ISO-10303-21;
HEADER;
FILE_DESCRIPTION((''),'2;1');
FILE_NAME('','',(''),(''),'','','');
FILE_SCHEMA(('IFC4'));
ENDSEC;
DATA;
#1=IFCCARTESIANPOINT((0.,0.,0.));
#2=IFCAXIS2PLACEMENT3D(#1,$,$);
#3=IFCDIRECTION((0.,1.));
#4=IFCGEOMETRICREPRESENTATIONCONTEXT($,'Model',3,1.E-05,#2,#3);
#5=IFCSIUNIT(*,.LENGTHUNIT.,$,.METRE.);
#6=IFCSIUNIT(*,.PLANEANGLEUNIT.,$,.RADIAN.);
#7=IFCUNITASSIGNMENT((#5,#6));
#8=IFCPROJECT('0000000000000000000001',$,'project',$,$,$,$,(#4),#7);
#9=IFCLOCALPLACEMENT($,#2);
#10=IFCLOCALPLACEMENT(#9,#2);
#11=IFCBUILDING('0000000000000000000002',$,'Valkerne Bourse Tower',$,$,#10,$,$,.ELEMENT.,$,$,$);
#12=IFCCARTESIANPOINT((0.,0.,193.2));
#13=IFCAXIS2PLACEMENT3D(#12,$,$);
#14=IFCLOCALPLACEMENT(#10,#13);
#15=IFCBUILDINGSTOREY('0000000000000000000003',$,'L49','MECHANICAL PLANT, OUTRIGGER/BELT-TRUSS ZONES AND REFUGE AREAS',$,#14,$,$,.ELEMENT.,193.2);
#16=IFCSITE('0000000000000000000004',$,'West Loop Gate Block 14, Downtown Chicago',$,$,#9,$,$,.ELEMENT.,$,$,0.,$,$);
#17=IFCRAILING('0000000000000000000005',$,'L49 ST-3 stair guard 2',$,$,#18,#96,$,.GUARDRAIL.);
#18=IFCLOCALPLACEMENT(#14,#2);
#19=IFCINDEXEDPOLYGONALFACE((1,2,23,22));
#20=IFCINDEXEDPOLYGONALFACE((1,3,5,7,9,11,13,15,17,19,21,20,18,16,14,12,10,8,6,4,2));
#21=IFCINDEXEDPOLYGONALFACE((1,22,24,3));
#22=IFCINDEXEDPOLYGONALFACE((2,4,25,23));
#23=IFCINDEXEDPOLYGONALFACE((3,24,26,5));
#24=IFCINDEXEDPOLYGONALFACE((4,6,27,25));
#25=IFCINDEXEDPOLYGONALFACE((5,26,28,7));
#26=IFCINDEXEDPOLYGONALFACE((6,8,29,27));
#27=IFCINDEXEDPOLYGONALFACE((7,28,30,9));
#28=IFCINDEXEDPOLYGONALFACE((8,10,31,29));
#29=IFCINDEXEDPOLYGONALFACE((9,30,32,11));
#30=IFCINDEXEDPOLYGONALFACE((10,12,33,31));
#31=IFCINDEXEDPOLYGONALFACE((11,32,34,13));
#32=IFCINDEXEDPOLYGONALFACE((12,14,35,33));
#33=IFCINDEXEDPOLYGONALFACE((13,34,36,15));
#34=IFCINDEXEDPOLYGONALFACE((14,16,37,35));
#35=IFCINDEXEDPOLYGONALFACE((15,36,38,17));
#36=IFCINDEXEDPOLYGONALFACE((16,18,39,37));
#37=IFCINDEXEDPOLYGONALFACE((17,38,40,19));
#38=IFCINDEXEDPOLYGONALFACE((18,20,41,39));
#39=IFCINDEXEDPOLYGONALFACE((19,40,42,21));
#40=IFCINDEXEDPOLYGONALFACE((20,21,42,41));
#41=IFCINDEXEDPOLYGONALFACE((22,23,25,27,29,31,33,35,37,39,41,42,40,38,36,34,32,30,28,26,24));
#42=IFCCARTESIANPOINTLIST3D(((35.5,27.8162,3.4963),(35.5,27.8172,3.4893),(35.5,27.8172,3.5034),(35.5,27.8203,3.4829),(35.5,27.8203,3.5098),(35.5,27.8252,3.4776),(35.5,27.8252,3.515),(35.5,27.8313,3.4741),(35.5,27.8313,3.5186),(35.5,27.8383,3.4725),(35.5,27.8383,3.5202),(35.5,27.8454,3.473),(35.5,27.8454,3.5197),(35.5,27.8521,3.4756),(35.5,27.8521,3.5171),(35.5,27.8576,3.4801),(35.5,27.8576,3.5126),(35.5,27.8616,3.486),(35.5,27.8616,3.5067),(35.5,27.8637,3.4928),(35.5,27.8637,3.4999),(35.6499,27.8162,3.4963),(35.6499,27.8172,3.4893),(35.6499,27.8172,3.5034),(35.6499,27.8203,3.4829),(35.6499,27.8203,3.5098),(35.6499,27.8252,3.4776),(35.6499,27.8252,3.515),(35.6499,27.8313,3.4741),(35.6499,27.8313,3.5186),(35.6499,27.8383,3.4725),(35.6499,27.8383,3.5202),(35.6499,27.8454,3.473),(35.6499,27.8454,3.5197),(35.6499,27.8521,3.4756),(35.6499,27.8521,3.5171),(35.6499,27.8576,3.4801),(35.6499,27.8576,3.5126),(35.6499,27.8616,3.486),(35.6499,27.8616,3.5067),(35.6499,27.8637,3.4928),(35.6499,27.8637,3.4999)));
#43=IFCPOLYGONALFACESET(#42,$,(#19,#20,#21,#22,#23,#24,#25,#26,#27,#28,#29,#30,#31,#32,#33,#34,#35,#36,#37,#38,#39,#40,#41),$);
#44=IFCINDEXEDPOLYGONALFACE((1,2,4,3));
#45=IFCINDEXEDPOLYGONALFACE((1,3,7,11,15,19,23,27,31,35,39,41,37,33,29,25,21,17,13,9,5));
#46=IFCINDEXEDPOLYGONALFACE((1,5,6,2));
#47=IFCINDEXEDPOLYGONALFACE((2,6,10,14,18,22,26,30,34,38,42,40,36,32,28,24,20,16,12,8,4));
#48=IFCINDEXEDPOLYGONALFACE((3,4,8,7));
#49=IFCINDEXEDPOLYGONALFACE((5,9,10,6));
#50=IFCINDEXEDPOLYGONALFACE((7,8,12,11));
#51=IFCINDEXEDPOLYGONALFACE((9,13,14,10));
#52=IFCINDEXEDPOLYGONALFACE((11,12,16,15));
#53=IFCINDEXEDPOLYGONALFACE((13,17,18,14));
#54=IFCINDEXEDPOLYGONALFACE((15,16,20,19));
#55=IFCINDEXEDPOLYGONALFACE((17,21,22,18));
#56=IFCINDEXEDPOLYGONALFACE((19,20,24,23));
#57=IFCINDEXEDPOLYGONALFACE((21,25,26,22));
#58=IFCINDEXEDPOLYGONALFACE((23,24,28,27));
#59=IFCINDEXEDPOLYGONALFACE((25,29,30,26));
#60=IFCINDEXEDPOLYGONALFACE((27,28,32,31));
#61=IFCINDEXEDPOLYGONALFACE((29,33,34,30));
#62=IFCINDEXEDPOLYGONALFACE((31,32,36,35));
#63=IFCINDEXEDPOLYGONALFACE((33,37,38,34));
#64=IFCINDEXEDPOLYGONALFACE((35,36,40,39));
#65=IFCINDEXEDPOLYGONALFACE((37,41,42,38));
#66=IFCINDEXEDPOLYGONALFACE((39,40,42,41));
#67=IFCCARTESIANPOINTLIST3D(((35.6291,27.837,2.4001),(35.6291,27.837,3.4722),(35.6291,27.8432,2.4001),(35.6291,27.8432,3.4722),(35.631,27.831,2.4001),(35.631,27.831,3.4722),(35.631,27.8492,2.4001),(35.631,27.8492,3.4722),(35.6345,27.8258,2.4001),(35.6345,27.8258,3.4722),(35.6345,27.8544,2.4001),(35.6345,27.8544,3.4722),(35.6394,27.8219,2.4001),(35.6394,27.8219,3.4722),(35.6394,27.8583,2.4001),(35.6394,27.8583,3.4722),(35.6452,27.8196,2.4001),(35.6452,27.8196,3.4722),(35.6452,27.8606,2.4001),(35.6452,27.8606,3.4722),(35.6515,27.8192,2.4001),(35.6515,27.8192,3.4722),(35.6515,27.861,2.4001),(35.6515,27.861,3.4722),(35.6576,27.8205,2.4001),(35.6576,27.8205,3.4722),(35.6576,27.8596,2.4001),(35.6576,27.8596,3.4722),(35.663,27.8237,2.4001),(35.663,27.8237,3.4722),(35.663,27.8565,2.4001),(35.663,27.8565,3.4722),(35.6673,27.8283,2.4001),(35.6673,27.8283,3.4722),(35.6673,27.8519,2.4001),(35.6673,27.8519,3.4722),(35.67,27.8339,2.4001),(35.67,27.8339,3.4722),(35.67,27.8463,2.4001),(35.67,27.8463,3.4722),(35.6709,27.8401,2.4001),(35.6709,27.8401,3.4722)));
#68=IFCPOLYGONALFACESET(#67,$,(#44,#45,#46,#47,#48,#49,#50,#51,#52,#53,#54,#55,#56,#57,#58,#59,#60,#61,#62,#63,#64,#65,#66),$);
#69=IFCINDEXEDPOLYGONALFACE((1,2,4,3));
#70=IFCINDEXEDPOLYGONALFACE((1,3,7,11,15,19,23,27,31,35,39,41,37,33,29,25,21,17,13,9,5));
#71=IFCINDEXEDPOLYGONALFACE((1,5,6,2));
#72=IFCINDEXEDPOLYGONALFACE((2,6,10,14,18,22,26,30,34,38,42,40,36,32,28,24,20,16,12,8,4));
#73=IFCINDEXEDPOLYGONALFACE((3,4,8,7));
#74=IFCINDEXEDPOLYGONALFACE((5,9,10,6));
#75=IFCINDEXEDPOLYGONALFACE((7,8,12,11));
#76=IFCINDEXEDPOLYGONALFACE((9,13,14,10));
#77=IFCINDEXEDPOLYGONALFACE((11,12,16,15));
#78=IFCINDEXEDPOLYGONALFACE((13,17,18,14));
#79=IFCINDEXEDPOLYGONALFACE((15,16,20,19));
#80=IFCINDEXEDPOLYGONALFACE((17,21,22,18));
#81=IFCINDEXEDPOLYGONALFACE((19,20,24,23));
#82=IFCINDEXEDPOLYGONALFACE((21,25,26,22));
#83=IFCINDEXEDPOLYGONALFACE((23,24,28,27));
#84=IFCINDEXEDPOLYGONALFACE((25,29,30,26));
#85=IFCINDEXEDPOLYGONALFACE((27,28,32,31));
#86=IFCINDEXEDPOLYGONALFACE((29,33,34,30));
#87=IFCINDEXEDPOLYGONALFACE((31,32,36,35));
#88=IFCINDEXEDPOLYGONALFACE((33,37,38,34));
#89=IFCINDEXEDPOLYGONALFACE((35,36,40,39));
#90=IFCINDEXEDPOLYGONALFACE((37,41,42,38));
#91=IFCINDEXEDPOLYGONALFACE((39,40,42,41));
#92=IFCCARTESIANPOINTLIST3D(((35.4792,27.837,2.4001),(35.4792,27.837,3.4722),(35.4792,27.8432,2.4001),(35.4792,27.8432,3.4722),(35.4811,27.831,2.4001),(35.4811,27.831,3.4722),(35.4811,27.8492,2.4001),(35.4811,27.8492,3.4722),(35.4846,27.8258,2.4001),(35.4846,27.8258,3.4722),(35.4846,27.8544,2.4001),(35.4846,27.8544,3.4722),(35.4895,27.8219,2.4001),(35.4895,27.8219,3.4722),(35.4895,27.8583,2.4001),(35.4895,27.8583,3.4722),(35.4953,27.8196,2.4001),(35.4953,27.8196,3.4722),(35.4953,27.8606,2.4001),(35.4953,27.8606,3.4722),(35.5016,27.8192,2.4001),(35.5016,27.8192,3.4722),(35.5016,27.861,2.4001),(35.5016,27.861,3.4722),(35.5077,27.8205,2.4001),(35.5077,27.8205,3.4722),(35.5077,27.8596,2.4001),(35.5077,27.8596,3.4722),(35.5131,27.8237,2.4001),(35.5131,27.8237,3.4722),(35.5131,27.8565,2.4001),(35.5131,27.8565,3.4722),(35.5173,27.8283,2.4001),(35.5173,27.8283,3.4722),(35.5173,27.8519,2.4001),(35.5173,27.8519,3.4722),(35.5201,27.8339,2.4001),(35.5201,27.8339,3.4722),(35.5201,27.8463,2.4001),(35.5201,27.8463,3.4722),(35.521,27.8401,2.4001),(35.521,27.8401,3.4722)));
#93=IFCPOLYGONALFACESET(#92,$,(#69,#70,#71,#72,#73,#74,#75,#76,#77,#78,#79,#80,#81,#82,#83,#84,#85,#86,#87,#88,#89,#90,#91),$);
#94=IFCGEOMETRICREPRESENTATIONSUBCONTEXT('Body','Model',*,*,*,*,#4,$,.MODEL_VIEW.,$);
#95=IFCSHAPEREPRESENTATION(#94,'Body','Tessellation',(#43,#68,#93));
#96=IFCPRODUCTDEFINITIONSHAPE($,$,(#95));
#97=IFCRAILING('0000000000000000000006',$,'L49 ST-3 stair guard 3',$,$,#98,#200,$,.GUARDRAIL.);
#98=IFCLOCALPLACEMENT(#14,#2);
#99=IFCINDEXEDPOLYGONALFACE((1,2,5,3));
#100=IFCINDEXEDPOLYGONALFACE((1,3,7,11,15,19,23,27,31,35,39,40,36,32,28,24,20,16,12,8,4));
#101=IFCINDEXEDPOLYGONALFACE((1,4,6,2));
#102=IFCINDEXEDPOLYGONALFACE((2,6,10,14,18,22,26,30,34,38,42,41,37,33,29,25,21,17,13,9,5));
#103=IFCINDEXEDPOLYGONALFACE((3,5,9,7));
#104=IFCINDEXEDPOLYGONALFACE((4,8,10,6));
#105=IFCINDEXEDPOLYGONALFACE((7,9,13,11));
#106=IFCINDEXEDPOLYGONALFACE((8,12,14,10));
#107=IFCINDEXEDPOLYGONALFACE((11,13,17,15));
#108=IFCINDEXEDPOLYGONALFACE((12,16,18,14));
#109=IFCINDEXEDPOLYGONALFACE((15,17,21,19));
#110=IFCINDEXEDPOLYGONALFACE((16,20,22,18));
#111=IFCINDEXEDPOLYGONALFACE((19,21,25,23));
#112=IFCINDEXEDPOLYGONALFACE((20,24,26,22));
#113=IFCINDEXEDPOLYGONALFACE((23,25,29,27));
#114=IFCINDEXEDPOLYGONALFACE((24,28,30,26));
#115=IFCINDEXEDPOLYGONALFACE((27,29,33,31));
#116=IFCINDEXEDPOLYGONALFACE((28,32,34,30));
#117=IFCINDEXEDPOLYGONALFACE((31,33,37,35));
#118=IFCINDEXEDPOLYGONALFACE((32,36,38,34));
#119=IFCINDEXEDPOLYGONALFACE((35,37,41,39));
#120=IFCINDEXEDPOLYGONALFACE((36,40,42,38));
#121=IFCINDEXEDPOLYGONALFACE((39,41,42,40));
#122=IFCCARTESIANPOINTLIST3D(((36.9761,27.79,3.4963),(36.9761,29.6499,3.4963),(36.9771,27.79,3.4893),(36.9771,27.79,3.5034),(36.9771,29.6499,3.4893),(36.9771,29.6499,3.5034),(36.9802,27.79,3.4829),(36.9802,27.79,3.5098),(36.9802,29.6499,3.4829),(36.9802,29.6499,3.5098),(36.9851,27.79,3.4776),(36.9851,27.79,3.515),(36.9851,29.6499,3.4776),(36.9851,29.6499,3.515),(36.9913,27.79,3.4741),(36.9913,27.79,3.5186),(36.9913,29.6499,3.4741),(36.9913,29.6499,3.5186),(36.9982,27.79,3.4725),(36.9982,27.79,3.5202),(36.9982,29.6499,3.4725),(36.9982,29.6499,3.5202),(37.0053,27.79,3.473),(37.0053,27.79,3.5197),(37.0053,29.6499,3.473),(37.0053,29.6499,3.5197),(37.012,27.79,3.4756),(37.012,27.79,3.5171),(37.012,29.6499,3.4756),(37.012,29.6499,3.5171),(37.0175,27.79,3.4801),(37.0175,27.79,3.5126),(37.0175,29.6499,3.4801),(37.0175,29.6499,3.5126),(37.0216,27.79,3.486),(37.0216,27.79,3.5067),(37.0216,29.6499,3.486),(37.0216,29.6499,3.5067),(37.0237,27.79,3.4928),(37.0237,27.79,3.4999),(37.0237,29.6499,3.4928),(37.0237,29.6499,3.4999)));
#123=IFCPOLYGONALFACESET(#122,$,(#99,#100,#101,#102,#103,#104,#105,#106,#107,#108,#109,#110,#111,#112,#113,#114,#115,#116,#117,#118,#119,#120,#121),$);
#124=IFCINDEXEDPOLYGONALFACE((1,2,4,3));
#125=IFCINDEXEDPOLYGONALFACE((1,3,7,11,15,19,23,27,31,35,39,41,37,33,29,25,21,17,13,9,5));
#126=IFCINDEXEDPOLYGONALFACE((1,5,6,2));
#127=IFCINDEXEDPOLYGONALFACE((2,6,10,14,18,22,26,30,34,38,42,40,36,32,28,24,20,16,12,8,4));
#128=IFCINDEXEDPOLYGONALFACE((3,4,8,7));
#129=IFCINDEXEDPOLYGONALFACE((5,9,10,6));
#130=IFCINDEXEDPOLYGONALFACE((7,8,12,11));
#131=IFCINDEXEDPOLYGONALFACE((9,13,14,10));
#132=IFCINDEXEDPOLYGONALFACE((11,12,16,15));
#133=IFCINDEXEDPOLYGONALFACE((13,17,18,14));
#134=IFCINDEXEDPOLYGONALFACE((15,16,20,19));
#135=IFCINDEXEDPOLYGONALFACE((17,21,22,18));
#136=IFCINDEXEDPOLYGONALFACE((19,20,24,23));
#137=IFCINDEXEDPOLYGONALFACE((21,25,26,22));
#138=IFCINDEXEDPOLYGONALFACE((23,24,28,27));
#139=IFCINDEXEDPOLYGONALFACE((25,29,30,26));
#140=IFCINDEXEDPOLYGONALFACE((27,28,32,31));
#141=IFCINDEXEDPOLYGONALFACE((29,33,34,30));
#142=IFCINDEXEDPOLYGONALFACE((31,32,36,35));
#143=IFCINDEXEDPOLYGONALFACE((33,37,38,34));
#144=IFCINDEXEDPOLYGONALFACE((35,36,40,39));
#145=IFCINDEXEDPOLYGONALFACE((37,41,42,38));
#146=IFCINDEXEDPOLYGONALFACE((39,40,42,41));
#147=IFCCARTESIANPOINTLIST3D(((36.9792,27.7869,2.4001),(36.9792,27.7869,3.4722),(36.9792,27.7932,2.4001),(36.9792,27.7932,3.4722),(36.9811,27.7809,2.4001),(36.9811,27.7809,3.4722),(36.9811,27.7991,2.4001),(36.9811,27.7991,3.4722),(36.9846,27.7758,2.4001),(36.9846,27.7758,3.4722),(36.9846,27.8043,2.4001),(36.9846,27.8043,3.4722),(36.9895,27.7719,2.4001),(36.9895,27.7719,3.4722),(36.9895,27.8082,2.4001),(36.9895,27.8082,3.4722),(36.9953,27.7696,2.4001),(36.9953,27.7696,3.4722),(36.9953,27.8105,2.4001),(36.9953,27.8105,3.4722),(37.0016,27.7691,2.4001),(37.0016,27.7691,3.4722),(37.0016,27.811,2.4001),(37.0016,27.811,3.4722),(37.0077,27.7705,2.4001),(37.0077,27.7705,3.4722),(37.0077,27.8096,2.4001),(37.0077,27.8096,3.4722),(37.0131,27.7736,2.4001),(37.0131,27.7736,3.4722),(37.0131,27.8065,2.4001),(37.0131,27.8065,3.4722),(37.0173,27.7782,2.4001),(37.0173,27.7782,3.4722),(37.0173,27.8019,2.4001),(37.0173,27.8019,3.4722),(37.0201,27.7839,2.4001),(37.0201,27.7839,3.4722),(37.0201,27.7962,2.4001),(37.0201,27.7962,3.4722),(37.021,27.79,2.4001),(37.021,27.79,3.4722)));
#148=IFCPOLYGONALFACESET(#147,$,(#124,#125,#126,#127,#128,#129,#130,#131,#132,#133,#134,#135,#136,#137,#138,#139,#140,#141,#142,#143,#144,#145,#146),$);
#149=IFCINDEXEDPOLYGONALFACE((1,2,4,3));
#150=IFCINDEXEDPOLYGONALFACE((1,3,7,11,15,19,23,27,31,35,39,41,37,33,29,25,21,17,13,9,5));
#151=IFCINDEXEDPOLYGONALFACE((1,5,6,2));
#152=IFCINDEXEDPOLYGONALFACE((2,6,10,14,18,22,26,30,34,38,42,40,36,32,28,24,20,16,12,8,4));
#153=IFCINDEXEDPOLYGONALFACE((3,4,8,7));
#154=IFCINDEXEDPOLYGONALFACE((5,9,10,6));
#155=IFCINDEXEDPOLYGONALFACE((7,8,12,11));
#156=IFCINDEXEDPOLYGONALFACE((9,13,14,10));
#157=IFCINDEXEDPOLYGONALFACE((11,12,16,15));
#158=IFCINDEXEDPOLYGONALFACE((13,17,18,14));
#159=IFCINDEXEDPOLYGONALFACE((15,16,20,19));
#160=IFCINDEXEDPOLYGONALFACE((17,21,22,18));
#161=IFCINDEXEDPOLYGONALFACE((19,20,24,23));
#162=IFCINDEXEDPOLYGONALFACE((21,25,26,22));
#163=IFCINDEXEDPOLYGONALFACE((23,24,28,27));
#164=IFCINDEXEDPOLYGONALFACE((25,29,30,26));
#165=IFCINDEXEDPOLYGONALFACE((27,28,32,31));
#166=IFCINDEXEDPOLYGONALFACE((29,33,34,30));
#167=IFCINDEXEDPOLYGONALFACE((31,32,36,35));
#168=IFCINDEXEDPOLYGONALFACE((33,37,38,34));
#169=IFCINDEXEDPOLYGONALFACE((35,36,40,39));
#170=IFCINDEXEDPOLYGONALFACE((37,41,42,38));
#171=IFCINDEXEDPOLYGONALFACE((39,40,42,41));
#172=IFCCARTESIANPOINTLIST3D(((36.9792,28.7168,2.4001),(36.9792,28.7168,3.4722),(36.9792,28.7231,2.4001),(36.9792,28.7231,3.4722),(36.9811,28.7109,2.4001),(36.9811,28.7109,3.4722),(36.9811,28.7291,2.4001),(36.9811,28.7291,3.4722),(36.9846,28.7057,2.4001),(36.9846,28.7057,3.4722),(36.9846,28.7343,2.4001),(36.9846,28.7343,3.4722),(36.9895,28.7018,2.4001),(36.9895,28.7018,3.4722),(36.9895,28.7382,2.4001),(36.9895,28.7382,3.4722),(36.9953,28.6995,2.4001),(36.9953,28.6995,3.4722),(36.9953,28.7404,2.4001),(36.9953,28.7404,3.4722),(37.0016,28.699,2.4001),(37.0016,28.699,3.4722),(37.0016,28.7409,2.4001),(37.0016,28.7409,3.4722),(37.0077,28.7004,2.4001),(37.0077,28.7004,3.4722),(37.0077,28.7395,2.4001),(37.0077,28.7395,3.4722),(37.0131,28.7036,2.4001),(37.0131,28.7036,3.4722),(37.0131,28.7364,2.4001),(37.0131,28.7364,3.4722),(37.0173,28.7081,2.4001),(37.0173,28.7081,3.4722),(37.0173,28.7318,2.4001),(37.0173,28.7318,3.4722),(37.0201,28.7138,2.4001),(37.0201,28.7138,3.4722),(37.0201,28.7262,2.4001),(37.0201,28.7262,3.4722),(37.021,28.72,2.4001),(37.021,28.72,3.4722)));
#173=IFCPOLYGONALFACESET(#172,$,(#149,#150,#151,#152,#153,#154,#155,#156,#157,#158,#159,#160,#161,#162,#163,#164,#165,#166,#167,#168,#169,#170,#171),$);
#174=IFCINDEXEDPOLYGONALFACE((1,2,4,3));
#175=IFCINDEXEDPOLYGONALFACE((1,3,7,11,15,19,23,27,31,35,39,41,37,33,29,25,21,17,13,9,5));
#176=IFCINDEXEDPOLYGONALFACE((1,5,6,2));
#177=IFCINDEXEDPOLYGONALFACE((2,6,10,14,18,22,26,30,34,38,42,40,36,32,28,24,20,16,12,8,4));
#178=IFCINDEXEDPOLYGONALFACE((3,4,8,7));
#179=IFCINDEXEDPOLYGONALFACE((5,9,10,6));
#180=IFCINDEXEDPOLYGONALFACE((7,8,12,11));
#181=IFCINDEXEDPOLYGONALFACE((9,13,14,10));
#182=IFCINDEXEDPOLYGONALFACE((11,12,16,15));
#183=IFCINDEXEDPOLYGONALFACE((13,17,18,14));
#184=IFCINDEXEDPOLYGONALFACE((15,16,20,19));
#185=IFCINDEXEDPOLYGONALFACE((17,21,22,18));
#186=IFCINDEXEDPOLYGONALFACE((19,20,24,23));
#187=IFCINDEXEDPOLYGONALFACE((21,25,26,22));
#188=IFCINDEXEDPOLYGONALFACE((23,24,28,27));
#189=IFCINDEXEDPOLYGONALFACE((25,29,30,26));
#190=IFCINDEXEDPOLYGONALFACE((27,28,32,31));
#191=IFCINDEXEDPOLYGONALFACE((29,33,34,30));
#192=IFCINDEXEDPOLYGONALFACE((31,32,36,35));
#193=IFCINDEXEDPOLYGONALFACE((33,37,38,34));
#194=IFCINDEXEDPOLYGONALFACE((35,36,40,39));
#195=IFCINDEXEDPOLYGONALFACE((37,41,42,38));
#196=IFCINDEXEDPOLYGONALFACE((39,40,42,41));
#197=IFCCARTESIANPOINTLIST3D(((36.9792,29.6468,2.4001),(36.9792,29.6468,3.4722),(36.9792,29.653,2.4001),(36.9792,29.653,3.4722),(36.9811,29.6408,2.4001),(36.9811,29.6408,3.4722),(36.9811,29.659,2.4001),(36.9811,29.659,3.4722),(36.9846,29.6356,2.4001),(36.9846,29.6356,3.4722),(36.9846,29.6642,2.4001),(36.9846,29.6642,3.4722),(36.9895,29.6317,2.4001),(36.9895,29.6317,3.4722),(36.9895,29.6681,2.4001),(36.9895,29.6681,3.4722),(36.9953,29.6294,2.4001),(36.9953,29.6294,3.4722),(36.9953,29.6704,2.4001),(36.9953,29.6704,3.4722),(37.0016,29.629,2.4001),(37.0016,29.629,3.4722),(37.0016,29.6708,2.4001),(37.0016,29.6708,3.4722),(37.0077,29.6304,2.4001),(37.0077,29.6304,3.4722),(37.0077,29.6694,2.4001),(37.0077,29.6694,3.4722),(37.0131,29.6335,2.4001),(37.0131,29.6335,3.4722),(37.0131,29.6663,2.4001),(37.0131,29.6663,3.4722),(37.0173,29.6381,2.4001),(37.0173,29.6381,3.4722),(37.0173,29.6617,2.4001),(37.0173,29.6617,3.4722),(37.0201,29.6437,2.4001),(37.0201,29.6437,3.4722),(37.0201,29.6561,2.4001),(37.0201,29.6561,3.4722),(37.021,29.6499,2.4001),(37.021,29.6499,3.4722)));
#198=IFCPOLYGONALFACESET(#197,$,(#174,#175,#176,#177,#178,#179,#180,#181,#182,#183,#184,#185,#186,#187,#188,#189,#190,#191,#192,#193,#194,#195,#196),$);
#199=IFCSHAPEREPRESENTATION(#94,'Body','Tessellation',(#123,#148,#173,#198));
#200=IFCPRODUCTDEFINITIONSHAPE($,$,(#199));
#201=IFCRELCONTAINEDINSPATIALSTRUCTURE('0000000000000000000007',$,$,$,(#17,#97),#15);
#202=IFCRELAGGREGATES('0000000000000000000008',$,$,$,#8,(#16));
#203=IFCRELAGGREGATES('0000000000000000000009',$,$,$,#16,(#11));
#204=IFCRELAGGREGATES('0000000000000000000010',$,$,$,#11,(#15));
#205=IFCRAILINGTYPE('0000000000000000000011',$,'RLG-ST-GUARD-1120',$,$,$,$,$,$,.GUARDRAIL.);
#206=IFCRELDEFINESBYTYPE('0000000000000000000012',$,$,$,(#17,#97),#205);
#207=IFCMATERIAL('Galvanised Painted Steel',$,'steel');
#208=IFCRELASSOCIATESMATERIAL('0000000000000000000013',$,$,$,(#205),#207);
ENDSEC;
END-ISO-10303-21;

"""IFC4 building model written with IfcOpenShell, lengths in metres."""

from ifc_helpers import new_model, si_unit, direction, frame, origin, origin_2d, place, context, subcontext, project, spatial, circle, extrude, material, type_object, element, save


model = new_model("IFC4")

# Units and contexts
model_context = context("Model", 3, precision=1e-05, world=origin(), true_north=direction((0.0, 1.0)))
body_context = subcontext(model_context, "Body", "Model", "MODEL_VIEW")
ifc_project = project(units=[si_unit("LENGTHUNIT", "METRE"), si_unit("PLANEANGLEUNIT", "RADIAN")], contexts=[model_context])

# Site, building, storey
site_placement = place(None, origin())
site = spatial("IfcSite", under=ifc_project, at=site_placement, Name="West Loop Gate Block 14, Downtown Chicago", CompositionType="ELEMENT", RefElevation=0.0)
building_placement = place(site_placement, origin())
building = spatial("IfcBuilding", under=site, at=building_placement, Name="Valkerne Bourse Tower", CompositionType="ELEMENT")
storey_placement = place(building_placement, frame((0.0, 0.0, 193.2)))
storey = spatial("IfcBuildingStorey", under=building, at=storey_placement, Name="L49", Description="MECHANICAL PLANT, OUTRIGGER/BELT-TRUSS ZONES AND REFUGE AREAS", CompositionType="ELEMENT", Elevation=193.2)

# Railings
ifc_material_1 = material(Name="Galvanised Painted Steel", Category="steel")
railing_type_1 = type_object("IfcRailingType", Name="RLG-ST-GUARD-1120", PredefinedType="GUARDRAIL", material=ifc_material_1)
railing_1_placement = place(storey_placement, frame((35.6499, 27.8401, 2.4001)))
element("IfcRailing", 1, at=railing_1_placement, inside=storey, type_object=railing_type_1, Name="L49 ST-3 stair guard 2", PredefinedType="GUARDRAIL", context=body_context, shape_type="SweptSolid", body=[
    extrude(circle(Radius=0.0239, at=origin_2d()), frame((0.0, 0.0, 1.0962), z_axis=(-1.0, 0.0, 0.0), x_axis=(0.0, -1.0, 0.0)), (0.0, 0.0, 1.0), 0.1499),
    extrude(circle(Radius=0.021, at=origin_2d()), origin(), (0.0, 0.0, 1.0), 1.072),
    extrude(circle(Radius=0.021, at=origin_2d()), frame((-0.1499, 0.0, 0.0)), (0.0, 0.0, 1.0), 1.072),
])
railing_2_placement = place(storey_placement, frame((37.0, 27.79, 2.4001)))
element("IfcRailing", 2, at=railing_2_placement, inside=storey, type_object=railing_type_1, Name="L49 ST-3 stair guard 3", PredefinedType="GUARDRAIL", context=body_context, shape_type="SweptSolid", body=[
    extrude(circle(Radius=0.0239, at=origin_2d()), frame((0.0, 0.0, 1.0962), z_axis=(0.0, 1.0, 0.0), x_axis=(-1.0, 0.0, 0.0)), (0.0, 0.0, 1.0), 1.8599),
    extrude(circle(Radius=0.021, at=origin_2d()), origin(), (0.0, 0.0, 1.0), 1.072),
    extrude(circle(Radius=0.021, at=origin_2d()), frame((0.0, 0.9299, 0.0)), (0.0, 0.0, 1.0), 1.072),
    extrude(circle(Radius=0.021, at=origin_2d()), frame((0.0, 1.8599, 0.0)), (0.0, 0.0, 1.0), 1.072),
])

save(model, "model.ifc")
